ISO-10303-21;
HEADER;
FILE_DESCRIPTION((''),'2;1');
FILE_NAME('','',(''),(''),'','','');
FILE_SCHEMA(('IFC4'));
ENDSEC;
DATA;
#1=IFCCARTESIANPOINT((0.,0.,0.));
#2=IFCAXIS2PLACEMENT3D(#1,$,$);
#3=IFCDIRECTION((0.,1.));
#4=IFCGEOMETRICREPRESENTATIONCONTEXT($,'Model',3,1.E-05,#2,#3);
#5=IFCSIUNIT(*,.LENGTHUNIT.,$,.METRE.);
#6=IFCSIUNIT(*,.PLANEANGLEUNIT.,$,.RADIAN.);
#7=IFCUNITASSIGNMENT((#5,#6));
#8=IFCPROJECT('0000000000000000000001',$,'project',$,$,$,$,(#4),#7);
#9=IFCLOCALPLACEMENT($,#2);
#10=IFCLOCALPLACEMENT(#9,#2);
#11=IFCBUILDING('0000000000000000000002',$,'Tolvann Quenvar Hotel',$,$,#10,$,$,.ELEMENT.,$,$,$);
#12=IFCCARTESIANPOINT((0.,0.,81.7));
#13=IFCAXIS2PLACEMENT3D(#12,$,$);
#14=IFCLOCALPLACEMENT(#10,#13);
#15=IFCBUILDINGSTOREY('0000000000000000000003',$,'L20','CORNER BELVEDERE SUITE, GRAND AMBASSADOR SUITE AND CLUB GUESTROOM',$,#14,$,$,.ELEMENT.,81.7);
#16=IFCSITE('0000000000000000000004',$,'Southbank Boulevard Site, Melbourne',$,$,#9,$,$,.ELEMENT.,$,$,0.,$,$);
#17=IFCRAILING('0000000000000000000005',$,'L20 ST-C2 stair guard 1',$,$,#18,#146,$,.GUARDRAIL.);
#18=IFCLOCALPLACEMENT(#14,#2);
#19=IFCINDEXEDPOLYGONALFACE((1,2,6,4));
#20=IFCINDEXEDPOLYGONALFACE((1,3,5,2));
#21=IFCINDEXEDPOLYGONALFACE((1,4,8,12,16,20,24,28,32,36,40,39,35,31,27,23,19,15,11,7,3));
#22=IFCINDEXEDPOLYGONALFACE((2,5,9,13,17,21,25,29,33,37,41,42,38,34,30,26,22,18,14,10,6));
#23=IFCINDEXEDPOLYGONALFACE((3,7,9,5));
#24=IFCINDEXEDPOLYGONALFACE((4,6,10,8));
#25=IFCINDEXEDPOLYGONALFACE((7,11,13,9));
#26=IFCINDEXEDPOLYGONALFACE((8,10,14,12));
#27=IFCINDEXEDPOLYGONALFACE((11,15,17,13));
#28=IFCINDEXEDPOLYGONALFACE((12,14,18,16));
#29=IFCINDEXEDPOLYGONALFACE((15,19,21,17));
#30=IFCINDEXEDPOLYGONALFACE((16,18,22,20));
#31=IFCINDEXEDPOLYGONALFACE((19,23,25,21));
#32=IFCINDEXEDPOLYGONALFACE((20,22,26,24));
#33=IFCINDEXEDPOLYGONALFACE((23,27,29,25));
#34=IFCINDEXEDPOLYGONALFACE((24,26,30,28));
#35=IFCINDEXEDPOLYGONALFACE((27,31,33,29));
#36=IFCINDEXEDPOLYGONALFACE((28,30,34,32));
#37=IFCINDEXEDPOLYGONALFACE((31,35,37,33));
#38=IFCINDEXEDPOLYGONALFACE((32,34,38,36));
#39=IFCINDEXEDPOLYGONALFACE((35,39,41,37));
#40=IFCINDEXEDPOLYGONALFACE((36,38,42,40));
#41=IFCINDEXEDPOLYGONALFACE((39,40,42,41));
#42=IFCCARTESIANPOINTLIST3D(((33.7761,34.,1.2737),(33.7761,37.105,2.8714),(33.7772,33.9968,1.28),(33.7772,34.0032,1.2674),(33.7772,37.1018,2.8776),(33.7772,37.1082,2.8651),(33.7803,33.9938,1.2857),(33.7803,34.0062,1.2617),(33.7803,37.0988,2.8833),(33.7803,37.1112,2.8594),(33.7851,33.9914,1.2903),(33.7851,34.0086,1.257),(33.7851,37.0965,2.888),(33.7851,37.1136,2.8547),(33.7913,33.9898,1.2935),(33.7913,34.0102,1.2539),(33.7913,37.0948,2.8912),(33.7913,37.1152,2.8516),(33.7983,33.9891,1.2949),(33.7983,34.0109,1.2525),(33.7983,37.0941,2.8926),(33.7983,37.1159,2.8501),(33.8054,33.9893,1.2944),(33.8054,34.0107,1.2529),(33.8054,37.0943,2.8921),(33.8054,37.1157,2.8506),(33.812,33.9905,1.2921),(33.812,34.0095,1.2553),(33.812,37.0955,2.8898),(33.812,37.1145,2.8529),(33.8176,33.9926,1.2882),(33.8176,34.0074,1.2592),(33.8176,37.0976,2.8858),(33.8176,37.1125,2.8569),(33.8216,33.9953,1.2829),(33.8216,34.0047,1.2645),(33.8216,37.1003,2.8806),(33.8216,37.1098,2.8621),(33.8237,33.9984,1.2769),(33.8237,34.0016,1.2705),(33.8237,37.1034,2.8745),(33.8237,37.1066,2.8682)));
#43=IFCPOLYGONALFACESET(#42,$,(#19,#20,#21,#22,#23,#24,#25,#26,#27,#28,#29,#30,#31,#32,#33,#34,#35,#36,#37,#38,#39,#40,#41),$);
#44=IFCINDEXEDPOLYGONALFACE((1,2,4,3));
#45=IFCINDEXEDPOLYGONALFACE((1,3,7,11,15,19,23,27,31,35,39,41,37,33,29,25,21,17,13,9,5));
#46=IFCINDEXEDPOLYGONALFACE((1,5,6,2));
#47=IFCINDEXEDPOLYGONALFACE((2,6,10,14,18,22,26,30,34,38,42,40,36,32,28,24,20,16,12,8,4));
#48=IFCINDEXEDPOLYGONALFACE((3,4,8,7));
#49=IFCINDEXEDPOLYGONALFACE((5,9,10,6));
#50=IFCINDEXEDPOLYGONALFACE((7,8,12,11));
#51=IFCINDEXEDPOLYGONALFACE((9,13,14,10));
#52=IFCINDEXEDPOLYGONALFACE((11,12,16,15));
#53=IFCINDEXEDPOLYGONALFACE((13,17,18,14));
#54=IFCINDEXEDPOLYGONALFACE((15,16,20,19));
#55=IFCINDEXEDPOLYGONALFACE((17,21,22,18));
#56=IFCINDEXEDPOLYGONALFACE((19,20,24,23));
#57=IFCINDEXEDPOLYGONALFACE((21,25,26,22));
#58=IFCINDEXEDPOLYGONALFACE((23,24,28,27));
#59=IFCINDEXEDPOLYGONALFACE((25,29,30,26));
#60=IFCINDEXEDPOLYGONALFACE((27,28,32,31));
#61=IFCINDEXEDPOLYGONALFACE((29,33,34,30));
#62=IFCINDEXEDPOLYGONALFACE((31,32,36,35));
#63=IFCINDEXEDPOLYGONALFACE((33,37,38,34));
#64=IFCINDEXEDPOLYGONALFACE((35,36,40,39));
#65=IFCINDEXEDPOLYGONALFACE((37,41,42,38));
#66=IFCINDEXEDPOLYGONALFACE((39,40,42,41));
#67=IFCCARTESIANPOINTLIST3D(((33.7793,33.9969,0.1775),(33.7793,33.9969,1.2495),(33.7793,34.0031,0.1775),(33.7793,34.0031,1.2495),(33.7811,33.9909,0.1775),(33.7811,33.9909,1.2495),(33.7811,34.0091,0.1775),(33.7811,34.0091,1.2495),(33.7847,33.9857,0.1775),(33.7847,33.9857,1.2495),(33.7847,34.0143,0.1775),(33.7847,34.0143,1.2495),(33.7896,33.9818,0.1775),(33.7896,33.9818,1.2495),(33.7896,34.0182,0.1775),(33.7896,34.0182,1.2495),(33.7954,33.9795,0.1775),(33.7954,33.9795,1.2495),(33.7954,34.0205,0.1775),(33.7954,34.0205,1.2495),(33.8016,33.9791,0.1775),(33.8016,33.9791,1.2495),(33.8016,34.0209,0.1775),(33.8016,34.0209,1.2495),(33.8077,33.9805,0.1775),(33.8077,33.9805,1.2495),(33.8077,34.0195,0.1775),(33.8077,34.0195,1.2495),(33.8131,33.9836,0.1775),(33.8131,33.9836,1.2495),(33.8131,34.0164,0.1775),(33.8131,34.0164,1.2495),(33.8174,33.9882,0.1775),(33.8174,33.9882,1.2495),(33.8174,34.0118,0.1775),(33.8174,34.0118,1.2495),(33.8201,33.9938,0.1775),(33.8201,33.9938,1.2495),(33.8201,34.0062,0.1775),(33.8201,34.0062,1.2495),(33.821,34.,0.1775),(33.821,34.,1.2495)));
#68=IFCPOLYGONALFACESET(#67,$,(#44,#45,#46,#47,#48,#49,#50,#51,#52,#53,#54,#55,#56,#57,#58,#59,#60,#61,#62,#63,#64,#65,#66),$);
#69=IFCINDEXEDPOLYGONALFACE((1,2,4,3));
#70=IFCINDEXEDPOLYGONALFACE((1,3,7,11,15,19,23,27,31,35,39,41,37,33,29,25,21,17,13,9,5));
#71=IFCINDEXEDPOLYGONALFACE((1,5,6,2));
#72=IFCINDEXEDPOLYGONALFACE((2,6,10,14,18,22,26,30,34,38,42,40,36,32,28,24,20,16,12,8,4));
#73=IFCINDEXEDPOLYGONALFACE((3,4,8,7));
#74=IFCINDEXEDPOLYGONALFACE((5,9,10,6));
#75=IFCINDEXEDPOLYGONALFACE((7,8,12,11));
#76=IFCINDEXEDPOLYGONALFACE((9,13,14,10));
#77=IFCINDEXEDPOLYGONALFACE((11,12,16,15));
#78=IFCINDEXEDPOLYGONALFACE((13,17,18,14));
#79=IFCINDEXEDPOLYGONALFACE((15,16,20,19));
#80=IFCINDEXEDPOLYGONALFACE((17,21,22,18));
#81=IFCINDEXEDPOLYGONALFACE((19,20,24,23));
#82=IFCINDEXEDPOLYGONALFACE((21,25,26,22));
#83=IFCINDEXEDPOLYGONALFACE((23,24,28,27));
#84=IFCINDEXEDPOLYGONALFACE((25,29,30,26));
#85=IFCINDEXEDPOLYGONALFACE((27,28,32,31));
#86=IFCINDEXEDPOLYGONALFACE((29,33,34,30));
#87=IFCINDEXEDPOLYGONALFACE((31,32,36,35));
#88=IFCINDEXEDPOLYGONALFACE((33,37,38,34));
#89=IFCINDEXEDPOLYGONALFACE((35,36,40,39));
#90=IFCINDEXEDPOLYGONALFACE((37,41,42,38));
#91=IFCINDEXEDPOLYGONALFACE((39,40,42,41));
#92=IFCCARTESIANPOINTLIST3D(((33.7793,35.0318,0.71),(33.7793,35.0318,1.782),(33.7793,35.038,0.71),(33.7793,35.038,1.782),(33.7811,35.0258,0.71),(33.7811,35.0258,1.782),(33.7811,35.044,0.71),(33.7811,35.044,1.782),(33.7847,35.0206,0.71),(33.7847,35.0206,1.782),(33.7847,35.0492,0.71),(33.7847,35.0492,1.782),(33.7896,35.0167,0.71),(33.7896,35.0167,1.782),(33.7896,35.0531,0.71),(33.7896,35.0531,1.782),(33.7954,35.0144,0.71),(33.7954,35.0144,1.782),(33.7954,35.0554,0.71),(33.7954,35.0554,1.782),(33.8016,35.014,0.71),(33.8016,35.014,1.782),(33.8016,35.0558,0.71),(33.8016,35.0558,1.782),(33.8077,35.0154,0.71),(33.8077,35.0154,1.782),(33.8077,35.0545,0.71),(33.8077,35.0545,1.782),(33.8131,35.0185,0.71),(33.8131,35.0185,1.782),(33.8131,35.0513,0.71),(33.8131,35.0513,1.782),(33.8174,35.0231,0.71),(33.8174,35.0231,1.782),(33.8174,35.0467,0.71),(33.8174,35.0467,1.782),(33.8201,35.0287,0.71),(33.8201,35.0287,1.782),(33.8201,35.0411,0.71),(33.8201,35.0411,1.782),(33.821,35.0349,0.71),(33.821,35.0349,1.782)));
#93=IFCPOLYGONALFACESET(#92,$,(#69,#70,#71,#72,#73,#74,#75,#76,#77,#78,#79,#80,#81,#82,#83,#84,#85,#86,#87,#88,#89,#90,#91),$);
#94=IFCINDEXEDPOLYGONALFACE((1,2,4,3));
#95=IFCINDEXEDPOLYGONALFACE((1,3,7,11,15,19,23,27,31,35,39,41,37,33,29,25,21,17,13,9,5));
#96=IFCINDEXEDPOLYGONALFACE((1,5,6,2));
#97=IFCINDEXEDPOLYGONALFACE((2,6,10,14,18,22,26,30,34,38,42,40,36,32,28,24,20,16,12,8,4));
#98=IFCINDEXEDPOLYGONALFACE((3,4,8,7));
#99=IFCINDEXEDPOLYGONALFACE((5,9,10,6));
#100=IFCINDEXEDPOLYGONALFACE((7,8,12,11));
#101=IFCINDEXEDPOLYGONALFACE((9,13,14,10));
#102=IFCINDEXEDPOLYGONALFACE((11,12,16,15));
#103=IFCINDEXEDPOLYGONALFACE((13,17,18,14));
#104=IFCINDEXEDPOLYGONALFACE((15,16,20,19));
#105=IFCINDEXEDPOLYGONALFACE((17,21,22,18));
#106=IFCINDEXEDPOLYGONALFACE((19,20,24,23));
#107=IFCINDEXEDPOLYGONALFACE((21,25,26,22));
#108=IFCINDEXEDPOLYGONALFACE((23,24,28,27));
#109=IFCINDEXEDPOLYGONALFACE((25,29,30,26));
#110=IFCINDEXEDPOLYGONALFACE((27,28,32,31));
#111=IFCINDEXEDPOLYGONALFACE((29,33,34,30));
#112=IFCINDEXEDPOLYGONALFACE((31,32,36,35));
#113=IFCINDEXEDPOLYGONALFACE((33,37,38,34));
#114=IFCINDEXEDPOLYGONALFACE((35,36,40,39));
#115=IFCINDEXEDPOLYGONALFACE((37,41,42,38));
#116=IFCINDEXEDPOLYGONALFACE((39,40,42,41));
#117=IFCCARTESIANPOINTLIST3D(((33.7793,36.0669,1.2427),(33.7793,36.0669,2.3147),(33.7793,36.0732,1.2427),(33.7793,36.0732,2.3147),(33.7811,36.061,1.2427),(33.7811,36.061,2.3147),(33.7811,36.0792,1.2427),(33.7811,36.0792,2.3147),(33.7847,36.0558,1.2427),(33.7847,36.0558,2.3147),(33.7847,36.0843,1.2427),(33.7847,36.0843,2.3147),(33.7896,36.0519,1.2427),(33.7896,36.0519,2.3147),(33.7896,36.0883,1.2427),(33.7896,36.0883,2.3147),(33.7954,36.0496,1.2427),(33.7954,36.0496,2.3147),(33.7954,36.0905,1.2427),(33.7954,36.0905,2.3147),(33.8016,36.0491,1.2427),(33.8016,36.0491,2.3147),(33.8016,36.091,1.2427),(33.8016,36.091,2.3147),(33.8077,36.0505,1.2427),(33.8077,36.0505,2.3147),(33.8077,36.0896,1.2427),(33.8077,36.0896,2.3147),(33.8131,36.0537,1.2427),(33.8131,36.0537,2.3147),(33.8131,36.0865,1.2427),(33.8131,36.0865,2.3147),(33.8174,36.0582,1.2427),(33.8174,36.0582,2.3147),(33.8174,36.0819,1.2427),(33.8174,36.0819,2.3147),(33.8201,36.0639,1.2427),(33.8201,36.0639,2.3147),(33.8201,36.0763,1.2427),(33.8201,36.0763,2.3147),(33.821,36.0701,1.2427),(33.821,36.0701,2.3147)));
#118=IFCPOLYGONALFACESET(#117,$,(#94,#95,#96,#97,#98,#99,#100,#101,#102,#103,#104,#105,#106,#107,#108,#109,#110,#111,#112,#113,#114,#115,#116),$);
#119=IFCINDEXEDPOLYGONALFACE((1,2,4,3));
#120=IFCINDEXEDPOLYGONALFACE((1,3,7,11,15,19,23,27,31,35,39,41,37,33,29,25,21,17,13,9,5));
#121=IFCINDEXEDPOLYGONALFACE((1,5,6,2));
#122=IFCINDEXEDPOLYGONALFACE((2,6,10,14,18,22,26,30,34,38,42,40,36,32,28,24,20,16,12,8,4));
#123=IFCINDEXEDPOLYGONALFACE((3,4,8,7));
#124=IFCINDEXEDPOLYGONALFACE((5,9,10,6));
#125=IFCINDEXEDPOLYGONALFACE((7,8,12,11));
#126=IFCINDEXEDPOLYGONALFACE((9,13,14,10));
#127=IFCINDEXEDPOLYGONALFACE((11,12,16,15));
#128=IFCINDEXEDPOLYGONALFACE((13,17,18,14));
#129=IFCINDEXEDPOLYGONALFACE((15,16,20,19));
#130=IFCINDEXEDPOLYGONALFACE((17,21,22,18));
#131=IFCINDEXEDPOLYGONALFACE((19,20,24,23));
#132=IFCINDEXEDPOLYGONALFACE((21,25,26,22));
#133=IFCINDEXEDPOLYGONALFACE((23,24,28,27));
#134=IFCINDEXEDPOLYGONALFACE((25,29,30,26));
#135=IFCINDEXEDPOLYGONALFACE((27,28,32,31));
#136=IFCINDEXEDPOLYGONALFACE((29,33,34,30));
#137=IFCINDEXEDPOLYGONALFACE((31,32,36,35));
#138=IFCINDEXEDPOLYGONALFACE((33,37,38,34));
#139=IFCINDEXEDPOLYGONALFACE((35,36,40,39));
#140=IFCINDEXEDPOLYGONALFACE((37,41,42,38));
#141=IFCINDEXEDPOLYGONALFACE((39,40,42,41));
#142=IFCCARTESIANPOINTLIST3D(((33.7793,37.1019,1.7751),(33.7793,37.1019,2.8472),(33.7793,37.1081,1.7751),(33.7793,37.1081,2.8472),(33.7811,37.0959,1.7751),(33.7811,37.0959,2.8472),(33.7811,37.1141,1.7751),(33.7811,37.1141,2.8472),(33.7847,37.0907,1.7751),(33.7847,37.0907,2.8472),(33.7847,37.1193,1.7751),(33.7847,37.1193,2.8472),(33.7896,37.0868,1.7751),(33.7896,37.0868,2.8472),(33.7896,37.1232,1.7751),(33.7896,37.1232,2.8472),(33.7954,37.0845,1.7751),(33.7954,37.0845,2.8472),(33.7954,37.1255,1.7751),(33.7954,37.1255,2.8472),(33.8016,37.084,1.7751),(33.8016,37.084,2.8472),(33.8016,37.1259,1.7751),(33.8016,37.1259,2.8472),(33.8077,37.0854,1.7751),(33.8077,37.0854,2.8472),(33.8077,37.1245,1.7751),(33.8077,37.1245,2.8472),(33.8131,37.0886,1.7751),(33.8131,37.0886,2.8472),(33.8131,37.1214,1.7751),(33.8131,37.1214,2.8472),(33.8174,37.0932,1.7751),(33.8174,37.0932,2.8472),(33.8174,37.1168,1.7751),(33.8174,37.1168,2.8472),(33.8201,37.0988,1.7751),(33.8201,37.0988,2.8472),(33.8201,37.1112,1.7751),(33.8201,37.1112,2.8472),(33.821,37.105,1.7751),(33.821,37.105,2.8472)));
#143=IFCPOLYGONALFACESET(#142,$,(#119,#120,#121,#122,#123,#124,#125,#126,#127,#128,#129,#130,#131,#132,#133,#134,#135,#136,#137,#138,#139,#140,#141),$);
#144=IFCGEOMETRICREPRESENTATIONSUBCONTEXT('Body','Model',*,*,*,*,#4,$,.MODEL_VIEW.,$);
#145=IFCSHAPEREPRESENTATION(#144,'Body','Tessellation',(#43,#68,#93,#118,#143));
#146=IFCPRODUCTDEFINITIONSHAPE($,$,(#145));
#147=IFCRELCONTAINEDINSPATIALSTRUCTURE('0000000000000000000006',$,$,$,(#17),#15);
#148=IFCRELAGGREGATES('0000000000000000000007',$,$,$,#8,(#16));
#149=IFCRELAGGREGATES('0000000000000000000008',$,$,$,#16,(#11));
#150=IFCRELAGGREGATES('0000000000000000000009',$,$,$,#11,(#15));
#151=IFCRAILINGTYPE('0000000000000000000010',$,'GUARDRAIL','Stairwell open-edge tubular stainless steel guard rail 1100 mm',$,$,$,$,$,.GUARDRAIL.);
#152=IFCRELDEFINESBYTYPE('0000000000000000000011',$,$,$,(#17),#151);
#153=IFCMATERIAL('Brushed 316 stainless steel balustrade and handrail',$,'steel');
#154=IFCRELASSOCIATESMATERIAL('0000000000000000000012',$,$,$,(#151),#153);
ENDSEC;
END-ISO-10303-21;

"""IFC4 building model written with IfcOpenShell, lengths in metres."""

from ifc_helpers import new_model, si_unit, direction, frame, origin, origin_2d, place, context, subcontext, project, spatial, circle, extrude, material, type_object, element, save


model = new_model("IFC4")

# Units and contexts
model_context = context("Model", 3, precision=1e-05, world=origin(), true_north=direction((0.0, 1.0)))
body_context = subcontext(model_context, "Body", "Model", "MODEL_VIEW")
ifc_project = project(units=[si_unit("LENGTHUNIT", "METRE"), si_unit("PLANEANGLEUNIT", "RADIAN")], contexts=[model_context])

# Site, building, storey
site_placement = place(None, origin())
site = spatial("IfcSite", under=ifc_project, at=site_placement, Name="Southbank Boulevard Site, Melbourne", CompositionType="ELEMENT", RefElevation=0.0)
building_placement = place(site_placement, origin())
building = spatial("IfcBuilding", under=site, at=building_placement, Name="Tolvann Quenvar Hotel", CompositionType="ELEMENT")
storey_placement = place(building_placement, frame((0.0, 0.0, 81.7)))
storey = spatial("IfcBuildingStorey", under=building, at=storey_placement, Name="L20", Description="CORNER BELVEDERE SUITE, GRAND AMBASSADOR SUITE AND CLUB GUESTROOM", CompositionType="ELEMENT", Elevation=81.7)

# Railing
ifc_material_1 = material(Name="Brushed 316 stainless steel balustrade and handrail", Category="steel")
railing_type_1 = type_object("IfcRailingType", Name="GUARDRAIL", Description="Stairwell open-edge tubular stainless steel guard rail 1100 mm", PredefinedType="GUARDRAIL", material=ifc_material_1)
railing_1_placement = place(storey_placement, frame((33.8, 34.0, 0.1775)))
element("IfcRailing", 1, at=railing_1_placement, inside=storey, type_object=railing_type_1, Name="L20 ST-C2 stair guard 1", PredefinedType="GUARDRAIL", context=body_context, shape_type="SweptSolid", body=[
    extrude(circle(Radius=0.0239, at=origin_2d()), frame((0.0, 0.0, 1.0962), z_axis=(0.0, 0.889194, 0.457531), x_axis=(-1.0, 0.0, 0.0)), (0.0, 0.0, 1.0), 3.4919),
    extrude(circle(Radius=0.021, at=origin_2d()), origin(), (0.0, 0.0, 1.0), 1.072),
    extrude(circle(Radius=0.021, at=origin_2d()), frame((0.0, 1.0349, 0.5325)), (0.0, 0.0, 1.0), 1.072),
    extrude(circle(Radius=0.021, at=origin_2d()), frame((0.0, 2.0701, 1.0652)), (0.0, 0.0, 1.0), 1.072),
    extrude(circle(Radius=0.021, at=origin_2d()), frame((0.0, 3.105, 1.5977)), (0.0, 0.0, 1.0), 1.072),
])

save(model, "model.ifc")
